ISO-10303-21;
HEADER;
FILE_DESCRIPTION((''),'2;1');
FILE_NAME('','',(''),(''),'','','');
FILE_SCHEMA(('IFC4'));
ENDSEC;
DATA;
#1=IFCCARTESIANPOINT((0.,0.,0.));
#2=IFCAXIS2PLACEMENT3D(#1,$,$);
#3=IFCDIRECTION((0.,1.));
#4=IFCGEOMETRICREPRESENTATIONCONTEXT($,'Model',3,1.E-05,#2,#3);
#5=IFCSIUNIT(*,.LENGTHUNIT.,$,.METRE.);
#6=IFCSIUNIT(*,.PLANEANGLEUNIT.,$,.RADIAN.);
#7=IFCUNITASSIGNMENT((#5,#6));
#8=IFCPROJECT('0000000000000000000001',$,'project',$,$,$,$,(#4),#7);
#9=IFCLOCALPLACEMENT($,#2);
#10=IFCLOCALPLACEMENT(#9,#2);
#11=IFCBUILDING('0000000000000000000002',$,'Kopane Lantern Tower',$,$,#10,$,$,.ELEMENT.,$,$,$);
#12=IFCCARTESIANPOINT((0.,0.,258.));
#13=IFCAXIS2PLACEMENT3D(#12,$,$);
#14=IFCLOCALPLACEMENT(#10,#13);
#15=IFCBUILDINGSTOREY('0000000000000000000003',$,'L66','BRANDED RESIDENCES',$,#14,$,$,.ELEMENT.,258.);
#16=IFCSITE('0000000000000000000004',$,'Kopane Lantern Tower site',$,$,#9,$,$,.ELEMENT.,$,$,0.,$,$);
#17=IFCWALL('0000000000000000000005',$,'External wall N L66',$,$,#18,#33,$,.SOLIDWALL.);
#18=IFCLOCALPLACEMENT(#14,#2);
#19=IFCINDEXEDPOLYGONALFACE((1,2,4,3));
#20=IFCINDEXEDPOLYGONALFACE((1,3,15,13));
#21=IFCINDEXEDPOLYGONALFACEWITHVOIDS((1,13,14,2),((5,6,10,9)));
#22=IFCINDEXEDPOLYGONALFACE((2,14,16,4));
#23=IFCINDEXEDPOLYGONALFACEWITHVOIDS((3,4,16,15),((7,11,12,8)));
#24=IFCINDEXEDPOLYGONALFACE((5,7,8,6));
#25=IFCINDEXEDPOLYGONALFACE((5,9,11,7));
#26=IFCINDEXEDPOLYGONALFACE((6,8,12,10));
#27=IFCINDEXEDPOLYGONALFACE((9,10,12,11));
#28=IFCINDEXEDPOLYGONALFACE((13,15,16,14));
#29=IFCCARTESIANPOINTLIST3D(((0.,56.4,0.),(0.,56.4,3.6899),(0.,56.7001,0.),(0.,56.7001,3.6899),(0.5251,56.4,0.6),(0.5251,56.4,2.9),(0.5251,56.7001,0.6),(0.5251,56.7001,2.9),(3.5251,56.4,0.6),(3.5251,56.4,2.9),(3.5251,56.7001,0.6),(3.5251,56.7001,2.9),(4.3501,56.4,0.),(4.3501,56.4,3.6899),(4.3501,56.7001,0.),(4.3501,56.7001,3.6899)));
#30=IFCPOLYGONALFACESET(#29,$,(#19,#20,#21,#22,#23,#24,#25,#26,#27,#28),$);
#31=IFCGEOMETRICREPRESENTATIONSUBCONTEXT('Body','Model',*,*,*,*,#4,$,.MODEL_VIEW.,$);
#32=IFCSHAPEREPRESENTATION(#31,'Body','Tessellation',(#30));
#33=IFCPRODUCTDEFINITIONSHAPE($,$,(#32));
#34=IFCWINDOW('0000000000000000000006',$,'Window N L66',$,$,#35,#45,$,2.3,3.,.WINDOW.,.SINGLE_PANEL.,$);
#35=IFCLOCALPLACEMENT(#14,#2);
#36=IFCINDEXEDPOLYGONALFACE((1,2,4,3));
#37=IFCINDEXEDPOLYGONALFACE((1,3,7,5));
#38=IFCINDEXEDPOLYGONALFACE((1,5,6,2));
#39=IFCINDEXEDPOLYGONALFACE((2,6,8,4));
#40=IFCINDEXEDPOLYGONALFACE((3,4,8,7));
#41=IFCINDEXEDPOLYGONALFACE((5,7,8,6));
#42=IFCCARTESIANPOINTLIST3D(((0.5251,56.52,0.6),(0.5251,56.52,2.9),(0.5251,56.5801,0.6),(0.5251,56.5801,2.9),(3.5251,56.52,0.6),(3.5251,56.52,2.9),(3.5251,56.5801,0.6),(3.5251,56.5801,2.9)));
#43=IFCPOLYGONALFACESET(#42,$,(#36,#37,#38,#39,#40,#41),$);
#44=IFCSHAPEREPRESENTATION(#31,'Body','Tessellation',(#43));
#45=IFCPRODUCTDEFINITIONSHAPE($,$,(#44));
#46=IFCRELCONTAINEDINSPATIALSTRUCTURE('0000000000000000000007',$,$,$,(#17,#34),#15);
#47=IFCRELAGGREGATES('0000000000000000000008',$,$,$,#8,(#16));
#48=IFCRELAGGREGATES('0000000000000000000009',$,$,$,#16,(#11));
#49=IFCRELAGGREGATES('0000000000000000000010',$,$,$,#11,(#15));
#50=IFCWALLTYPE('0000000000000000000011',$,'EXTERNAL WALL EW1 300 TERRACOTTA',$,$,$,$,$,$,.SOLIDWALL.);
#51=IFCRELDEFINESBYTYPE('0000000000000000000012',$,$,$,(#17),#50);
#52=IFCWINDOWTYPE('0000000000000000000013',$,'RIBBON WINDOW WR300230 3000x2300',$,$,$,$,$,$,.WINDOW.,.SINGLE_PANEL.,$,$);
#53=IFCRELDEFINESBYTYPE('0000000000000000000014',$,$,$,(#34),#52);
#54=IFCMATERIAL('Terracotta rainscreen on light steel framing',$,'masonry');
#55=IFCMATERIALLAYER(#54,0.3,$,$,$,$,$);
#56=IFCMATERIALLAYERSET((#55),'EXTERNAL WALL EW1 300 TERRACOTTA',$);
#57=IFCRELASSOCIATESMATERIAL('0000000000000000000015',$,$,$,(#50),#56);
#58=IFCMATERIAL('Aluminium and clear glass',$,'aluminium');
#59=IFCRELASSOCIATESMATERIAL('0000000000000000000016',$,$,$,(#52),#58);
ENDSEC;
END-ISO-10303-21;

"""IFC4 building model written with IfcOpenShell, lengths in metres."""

from ifc_helpers import new_model, si_unit, direction, frame, frame_2d, origin, place, context, subcontext, project, spatial, rectangle, extrude, material, layer, layer_set, type_object, element, fill, save


model = new_model("IFC4")

# Units and contexts
model_context = context("Model", 3, precision=1e-05, world=origin(), true_north=direction((0.0, 1.0)))
body_context = subcontext(model_context, "Body", "Model", "MODEL_VIEW")
ifc_project = project(units=[si_unit("LENGTHUNIT", "METRE"), si_unit("PLANEANGLEUNIT", "RADIAN")], contexts=[model_context])

# Site, building, storey
site_placement = place(None, origin())
site = spatial("IfcSite", under=ifc_project, at=site_placement, Name="Kopane Lantern Tower site", CompositionType="ELEMENT", RefElevation=0.0)
building_placement = place(site_placement, origin())
building = spatial("IfcBuilding", under=site, at=building_placement, Name="Kopane Lantern Tower", CompositionType="ELEMENT")
storey_placement = place(building_placement, frame((0.0, 0.0, 258.0)))
storey = spatial("IfcBuildingStorey", under=building, at=storey_placement, Name="L66", Description="BRANDED RESIDENCES", CompositionType="ELEMENT", Elevation=258.0)

# Wall, opening, window
ifc_material_1 = material(Name="Terracotta rainscreen on light steel framing", Category="masonry")
ifc_layer_1 = layer(ifc_material_1, 0.3)
ifc_layer_set_1 = layer_set([ifc_layer_1], Name="EXTERNAL WALL EW1 300 TERRACOTTA")
wall_type_1 = type_object("IfcWallType", Name="EXTERNAL WALL EW1 300 TERRACOTTA", PredefinedType="SOLIDWALL", material=ifc_layer_set_1)
wall_1_placement = place(storey_placement, frame((4.3501, 56.55, 0.0), z_axis=(0.0, 0.0, 1.0), x_axis=(-1.0, 0.0, 0.0)))
wall_1 = element("IfcWall", 1, at=wall_1_placement, inside=storey, type_object=wall_type_1, Name="External wall N L66", PredefinedType="SOLIDWALL", context=body_context, shape_type="SweptSolid", body=[
    extrude(rectangle(XDim=4.3501, YDim=0.3, at=frame_2d((2.175, 0.0))), origin(), (0.0, 0.0, 1.0), 3.6899),
])
opening_1_placement = place(wall_1_placement, frame((0.825, 0.0, 0.6001)))
opening_1 = element("IfcOpeningElement", 2, at=opening_1_placement, cuts=wall_1, PredefinedType="OPENING", context=body_context, shape_type="SweptSolid", body=[
    extrude(rectangle(XDim=3.0, YDim=2.3, at=frame_2d((1.5, 1.1499))), frame((0.0, 0.1599, 0.0), z_axis=(0.0, -1.0, 0.0), x_axis=(1.0, 0.0, 0.0)), (0.0, 0.0, 1.0), 0.3201),
])
ifc_material_2 = material(Name="Aluminium and clear glass", Category="aluminium")
window_type_1 = type_object("IfcWindowType", Name="RIBBON WINDOW WR300230 3000x2300", PartitioningType="SINGLE_PANEL", PredefinedType="WINDOW", material=ifc_material_2)
window_1_placement = place(opening_1_placement, origin())
window_1 = element("IfcWindow", 3, at=window_1_placement, inside=storey, type_object=window_type_1, Name="Window N L66", OverallHeight=2.3, OverallWidth=3.0, PartitioningType="SINGLE_PANEL", PredefinedType="WINDOW", context=body_context, shape_type="SweptSolid", body=[
    extrude(rectangle(XDim=3.0, YDim=2.3, at=frame_2d((1.5, 1.1499))), frame((0.0, 0.03, 0.0), z_axis=(0.0, -1.0, 0.0), x_axis=(1.0, 0.0, 0.0)), (0.0, 0.0, 1.0), 0.0601),
])
fill(opening_1, window_1)

save(model, "model.ifc")
